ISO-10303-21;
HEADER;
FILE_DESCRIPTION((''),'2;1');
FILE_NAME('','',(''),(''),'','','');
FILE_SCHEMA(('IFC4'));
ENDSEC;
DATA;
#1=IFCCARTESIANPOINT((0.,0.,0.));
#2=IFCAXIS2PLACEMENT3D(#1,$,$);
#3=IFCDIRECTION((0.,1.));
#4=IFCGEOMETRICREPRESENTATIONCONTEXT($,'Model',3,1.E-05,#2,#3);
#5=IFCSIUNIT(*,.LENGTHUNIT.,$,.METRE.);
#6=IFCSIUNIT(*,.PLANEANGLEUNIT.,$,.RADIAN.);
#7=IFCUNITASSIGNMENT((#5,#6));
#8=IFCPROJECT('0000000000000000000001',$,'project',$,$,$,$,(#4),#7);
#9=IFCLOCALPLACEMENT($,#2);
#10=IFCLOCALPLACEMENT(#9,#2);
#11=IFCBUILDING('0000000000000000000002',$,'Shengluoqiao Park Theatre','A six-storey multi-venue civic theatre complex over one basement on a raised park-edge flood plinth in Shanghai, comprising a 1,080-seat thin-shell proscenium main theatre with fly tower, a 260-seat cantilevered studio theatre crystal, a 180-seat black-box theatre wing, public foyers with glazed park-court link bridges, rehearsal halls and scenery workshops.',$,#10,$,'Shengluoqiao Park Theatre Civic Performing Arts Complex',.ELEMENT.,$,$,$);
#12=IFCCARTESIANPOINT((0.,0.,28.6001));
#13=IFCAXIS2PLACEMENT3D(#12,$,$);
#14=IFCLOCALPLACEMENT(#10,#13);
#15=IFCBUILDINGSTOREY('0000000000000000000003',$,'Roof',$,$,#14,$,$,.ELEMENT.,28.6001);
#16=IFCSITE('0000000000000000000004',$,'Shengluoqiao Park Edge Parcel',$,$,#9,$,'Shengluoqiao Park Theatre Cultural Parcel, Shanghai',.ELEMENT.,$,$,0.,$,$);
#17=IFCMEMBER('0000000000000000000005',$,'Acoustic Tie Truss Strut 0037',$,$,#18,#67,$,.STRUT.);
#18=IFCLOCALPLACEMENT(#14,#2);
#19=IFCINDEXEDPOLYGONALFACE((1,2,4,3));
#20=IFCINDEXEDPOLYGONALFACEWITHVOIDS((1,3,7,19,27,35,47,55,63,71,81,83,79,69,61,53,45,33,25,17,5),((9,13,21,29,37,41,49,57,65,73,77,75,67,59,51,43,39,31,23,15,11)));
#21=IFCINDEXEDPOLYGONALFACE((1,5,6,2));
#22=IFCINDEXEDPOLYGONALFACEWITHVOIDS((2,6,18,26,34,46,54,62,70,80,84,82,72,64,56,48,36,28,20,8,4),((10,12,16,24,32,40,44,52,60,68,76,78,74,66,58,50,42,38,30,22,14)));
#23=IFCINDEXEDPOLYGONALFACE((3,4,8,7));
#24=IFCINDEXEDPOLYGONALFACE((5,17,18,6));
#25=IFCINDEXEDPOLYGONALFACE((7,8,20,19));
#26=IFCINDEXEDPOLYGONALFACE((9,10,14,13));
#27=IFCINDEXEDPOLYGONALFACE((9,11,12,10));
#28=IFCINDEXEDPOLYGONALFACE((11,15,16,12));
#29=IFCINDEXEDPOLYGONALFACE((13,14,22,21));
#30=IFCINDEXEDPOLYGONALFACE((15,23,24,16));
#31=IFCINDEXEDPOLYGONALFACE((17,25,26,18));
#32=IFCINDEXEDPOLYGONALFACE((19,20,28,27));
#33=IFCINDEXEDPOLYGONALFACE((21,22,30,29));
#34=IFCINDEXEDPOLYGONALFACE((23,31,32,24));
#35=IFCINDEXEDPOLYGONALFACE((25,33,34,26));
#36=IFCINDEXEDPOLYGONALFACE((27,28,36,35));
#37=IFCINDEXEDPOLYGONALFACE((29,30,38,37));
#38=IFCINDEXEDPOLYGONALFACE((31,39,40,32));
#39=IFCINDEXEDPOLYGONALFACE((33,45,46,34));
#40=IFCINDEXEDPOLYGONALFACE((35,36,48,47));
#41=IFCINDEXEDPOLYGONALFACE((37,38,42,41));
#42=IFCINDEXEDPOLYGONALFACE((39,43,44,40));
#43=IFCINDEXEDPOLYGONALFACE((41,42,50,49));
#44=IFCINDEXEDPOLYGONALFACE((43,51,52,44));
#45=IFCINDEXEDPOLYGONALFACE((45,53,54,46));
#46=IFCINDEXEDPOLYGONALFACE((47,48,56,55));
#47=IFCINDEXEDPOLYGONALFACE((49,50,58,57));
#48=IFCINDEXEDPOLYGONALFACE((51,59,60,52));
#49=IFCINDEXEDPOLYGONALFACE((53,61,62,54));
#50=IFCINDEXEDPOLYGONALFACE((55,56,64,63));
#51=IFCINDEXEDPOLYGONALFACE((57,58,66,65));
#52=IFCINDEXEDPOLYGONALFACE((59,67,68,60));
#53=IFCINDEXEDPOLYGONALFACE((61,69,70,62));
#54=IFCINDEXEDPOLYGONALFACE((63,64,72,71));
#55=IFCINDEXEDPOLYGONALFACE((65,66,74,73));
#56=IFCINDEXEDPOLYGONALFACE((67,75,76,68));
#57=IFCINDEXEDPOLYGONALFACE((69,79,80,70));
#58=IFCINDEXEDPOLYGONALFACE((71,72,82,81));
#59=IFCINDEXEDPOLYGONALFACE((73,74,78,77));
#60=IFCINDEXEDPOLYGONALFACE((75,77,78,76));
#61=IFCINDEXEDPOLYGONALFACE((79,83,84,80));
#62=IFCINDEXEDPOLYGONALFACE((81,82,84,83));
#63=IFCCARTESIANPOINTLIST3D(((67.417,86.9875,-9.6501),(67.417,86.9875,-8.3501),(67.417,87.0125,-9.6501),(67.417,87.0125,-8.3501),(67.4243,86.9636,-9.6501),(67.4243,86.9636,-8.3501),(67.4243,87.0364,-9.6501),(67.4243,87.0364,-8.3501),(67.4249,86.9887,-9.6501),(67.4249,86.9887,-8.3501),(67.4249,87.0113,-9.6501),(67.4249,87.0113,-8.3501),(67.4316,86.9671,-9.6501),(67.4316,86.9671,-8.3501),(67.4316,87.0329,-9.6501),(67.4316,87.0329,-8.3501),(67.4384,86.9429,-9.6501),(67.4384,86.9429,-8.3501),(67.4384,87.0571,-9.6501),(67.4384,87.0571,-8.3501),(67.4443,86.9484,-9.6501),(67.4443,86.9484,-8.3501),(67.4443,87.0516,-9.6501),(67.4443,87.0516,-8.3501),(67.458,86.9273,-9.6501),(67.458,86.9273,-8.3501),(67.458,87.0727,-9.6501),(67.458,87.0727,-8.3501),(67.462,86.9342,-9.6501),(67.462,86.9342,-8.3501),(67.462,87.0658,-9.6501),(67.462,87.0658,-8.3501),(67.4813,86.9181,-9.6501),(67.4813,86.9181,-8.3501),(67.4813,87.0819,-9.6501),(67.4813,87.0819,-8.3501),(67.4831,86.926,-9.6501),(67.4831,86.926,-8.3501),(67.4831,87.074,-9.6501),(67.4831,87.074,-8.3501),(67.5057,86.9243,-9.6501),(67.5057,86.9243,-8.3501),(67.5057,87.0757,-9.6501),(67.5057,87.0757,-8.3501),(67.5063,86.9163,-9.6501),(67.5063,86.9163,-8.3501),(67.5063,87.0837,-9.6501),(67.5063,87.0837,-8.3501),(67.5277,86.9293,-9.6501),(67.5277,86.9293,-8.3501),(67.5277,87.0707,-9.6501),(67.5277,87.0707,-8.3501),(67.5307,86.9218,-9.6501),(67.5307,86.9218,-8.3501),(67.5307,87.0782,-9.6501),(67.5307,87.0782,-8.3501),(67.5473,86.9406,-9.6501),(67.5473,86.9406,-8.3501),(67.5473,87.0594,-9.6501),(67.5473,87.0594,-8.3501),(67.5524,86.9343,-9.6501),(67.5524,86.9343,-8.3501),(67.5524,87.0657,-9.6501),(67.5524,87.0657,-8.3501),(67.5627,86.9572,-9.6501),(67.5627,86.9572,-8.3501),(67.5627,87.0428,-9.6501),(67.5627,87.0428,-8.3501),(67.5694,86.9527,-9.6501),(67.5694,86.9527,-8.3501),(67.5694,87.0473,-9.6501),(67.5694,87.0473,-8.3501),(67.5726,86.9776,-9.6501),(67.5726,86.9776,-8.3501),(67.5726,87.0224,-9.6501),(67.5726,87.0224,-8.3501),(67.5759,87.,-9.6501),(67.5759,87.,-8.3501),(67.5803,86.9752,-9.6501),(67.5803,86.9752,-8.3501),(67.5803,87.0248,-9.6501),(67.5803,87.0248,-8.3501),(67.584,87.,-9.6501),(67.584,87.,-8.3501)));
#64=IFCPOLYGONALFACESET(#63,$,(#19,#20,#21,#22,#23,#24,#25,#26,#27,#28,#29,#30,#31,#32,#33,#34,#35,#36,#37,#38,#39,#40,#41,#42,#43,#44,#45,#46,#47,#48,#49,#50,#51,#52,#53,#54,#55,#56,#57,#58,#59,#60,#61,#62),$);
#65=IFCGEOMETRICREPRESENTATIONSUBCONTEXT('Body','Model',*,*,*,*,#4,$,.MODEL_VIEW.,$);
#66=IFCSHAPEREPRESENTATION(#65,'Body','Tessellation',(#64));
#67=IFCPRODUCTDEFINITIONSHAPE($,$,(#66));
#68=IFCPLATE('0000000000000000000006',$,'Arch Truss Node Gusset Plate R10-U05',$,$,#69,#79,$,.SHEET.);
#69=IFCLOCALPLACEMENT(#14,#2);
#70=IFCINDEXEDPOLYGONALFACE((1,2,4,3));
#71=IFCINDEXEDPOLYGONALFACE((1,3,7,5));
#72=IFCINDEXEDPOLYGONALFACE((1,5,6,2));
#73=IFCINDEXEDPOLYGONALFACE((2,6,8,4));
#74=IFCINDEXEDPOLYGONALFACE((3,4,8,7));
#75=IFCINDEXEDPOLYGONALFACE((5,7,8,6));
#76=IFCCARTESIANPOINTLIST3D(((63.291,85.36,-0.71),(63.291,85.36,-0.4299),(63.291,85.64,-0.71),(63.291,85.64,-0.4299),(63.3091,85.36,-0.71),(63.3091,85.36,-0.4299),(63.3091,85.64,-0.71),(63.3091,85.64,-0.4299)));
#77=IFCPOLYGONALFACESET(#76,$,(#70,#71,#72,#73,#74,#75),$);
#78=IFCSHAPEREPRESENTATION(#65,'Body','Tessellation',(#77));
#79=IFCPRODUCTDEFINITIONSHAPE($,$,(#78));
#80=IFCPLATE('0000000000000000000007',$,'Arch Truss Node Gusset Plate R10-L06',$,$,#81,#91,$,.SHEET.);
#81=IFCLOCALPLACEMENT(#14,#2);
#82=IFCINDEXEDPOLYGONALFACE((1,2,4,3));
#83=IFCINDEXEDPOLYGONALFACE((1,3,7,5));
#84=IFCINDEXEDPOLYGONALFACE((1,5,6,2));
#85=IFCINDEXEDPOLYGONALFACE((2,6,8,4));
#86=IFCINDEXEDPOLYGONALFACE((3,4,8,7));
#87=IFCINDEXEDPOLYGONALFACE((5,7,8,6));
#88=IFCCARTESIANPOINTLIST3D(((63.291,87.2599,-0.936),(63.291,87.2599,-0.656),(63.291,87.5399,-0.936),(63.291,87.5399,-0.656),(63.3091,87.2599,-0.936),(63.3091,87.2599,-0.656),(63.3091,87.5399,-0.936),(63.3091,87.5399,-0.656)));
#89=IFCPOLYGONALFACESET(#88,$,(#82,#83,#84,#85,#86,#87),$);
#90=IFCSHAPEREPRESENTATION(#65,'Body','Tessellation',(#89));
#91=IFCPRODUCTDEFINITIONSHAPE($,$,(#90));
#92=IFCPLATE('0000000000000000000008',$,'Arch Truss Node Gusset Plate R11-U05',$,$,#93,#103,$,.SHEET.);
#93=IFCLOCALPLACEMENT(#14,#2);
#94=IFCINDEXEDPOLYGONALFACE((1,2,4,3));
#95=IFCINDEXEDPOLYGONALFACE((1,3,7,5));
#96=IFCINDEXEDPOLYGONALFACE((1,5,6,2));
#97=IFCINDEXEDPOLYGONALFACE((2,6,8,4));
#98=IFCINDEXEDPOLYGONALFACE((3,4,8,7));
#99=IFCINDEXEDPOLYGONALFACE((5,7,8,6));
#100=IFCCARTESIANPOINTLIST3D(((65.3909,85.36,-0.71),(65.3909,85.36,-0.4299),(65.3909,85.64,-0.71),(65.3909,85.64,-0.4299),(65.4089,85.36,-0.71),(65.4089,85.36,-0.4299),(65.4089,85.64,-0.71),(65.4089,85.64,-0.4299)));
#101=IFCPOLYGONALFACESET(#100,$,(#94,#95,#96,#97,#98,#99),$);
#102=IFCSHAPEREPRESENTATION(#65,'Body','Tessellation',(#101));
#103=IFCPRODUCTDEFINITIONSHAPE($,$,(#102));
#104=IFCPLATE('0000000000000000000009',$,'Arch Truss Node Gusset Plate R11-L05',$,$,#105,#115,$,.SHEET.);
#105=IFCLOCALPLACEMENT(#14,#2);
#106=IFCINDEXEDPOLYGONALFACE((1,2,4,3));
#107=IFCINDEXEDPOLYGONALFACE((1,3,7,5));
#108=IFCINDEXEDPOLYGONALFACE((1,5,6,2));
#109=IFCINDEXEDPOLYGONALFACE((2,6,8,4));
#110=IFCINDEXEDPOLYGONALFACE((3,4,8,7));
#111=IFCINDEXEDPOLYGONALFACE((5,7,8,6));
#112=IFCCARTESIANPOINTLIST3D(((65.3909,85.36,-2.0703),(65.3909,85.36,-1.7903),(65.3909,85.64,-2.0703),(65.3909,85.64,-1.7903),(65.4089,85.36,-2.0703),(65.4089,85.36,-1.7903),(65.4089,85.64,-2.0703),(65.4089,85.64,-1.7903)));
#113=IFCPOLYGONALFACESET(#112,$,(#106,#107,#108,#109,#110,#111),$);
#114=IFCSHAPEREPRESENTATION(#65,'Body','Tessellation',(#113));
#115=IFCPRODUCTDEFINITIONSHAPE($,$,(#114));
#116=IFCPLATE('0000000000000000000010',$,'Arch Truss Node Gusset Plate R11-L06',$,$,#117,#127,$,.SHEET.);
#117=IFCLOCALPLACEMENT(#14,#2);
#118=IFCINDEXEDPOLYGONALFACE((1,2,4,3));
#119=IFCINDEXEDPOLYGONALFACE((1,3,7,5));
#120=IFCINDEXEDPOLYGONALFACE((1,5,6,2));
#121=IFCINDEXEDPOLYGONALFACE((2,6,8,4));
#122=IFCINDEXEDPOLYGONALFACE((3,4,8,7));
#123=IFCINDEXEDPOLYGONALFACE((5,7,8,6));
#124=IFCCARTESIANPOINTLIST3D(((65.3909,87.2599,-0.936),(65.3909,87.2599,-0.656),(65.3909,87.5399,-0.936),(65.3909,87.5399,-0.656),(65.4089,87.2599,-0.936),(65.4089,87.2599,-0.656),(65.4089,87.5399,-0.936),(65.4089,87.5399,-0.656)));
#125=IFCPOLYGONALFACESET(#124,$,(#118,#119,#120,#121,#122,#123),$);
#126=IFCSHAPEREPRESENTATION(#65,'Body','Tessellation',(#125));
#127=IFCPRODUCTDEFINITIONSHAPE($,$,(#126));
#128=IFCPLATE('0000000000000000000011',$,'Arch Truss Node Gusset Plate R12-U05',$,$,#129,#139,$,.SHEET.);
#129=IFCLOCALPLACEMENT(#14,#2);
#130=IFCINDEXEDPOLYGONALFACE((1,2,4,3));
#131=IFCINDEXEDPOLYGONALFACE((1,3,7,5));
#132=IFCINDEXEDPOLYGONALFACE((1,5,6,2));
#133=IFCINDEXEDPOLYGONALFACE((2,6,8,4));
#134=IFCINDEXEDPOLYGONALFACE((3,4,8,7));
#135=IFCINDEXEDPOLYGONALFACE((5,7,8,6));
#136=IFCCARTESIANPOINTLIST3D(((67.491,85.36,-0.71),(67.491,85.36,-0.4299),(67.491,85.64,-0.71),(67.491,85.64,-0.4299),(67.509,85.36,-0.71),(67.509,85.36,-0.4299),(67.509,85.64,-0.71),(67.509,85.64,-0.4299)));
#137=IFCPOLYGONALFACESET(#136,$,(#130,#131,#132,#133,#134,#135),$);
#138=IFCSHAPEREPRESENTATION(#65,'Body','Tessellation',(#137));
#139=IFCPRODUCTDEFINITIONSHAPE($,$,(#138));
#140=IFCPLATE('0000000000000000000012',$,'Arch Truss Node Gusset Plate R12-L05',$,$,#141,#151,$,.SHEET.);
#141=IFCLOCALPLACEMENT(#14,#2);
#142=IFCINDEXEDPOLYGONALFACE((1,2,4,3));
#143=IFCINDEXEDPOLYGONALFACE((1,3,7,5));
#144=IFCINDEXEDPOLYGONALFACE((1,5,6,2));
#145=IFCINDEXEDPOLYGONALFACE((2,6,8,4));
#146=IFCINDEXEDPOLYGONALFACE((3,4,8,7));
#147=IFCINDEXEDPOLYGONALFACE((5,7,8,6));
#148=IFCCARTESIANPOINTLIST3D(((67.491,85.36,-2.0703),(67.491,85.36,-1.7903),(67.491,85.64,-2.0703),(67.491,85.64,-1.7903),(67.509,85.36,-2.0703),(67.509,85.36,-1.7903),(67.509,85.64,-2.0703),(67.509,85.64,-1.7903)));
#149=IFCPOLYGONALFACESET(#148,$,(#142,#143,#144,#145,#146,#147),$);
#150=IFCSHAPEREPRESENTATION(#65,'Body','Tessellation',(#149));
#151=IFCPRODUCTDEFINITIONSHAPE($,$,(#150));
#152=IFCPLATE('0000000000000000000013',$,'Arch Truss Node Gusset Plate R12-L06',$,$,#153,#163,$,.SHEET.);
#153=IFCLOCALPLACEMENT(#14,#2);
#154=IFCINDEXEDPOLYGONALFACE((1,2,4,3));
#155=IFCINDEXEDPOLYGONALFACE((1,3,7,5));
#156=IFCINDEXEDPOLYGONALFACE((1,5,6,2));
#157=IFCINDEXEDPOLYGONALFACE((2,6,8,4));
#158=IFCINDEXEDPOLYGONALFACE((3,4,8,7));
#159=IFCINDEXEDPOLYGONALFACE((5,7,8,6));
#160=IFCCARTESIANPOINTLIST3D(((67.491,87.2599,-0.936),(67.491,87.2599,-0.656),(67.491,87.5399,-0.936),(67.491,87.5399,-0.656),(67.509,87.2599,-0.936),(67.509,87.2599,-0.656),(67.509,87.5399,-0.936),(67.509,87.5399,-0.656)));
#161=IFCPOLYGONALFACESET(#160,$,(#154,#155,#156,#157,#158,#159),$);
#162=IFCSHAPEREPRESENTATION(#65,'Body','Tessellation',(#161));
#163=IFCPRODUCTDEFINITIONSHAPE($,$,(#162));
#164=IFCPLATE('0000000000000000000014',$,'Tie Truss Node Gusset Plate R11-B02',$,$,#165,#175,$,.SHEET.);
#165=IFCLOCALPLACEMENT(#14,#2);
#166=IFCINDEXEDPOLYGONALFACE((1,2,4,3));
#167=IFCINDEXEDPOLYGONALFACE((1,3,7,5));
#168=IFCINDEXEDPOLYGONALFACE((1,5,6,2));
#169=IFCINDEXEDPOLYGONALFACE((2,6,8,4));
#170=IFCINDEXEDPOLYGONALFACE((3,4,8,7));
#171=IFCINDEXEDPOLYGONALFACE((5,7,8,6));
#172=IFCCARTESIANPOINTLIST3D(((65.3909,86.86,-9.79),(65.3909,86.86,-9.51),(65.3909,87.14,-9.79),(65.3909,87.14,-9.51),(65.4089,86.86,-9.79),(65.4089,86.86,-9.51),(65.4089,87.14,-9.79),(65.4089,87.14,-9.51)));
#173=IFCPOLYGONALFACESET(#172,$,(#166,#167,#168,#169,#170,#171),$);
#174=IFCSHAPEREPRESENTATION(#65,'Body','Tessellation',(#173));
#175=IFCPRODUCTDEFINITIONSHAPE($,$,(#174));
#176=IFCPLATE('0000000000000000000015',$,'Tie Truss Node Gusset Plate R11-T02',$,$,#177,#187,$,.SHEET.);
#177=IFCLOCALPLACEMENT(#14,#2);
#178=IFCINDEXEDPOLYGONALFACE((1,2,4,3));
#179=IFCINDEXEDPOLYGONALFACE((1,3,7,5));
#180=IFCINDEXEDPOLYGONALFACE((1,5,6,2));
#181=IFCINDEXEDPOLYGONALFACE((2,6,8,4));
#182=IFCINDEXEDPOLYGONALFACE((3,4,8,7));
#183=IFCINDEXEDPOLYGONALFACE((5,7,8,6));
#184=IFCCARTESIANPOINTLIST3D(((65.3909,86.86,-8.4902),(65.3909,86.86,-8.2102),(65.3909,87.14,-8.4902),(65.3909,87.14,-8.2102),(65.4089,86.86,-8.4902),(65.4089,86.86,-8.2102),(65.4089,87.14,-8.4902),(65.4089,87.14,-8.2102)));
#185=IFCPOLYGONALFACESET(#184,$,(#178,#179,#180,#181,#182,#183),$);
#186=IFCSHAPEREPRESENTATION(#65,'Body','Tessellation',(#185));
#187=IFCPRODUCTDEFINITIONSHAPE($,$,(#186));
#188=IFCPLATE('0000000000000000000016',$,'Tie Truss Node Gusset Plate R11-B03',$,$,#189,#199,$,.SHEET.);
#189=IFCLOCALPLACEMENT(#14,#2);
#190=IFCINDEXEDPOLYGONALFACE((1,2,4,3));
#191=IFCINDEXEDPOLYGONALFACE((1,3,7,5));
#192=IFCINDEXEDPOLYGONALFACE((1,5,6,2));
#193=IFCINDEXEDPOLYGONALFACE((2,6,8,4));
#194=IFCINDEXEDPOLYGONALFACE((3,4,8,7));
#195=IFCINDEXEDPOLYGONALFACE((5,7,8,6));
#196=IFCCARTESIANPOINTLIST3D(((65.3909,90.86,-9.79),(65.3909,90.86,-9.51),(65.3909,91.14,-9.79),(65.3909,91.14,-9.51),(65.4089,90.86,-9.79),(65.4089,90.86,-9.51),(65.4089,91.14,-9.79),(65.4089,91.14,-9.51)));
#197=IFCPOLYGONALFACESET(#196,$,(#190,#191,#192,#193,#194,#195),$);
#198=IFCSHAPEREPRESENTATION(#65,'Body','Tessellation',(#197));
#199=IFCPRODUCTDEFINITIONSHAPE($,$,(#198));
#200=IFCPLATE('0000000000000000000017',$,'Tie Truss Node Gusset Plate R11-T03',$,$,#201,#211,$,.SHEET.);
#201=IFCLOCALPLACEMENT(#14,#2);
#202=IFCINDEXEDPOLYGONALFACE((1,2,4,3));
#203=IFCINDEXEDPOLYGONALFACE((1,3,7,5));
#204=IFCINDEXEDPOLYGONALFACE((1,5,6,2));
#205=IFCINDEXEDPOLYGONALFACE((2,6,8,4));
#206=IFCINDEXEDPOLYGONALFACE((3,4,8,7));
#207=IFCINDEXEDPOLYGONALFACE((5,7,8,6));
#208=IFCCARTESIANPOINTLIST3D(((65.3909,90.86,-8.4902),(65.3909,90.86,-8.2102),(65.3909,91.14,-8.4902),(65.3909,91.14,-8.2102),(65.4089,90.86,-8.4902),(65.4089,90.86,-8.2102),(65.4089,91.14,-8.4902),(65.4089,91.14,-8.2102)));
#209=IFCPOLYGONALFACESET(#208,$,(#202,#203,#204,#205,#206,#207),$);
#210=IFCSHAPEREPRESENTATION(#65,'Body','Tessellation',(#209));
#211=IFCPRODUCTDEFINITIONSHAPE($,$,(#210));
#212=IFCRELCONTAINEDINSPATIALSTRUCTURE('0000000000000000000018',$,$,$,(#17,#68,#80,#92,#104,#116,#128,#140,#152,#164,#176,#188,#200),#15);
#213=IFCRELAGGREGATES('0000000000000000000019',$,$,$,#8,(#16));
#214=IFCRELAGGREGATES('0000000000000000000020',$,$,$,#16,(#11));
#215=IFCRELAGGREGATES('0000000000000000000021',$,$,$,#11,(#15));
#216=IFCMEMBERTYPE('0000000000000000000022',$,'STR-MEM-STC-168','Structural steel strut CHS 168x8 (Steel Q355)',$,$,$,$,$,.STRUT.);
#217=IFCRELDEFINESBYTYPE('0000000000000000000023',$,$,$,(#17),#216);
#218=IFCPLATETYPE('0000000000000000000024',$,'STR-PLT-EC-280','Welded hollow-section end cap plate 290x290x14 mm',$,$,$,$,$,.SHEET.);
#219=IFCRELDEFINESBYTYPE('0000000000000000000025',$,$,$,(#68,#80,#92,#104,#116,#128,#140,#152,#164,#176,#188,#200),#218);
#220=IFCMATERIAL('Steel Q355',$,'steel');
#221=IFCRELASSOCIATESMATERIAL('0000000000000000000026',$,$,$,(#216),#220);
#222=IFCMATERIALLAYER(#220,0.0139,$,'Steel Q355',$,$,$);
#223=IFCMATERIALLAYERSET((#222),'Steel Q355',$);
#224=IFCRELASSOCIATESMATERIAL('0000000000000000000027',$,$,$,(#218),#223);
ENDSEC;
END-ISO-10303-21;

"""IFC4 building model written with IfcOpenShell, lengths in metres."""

from ifc_helpers import new_model, si_unit, direction, frame, origin, origin_2d, place, context, subcontext, project, spatial, rectangle, hollow_circle, extrude, material, layer, layer_set, material_profile, profile_set, type_object, element, save


model = new_model("IFC4")

# Units and contexts
model_context = context("Model", 3, precision=1e-05, world=origin(), true_north=direction((0.0, 1.0)))
body_context = subcontext(model_context, "Body", "Model", "MODEL_VIEW")
ifc_project = project(units=[si_unit("LENGTHUNIT", "METRE"), si_unit("PLANEANGLEUNIT", "RADIAN")], contexts=[model_context])

# Site, building, storey
site_placement = place(None, origin())
site = spatial("IfcSite", under=ifc_project, at=site_placement, Name="Shengluoqiao Park Edge Parcel", LongName="Shengluoqiao Park Theatre Cultural Parcel, Shanghai", CompositionType="ELEMENT", RefElevation=0.0)
building_placement = place(site_placement, origin())
building = spatial("IfcBuilding", under=site, at=building_placement, Name="Shengluoqiao Park Theatre", Description="A six-storey multi-venue civic theatre complex over one basement on a raised park-edge flood plinth in Shanghai, comprising a 1,080-seat thin-shell proscenium main theatre with fly tower, a 260-seat cantilevered studio theatre crystal, a 180-seat black-box theatre wing, public foyers with glazed park-court link bridges, rehearsal halls and scenery workshops.", LongName="Shengluoqiao Park Theatre Civic Performing Arts Complex", CompositionType="ELEMENT")
storey_placement = place(building_placement, frame((0.0, 0.0, 28.6001)))
storey = spatial("IfcBuildingStorey", under=building, at=storey_placement, Name="Roof", CompositionType="ELEMENT", Elevation=28.6001)

# Shared definitions
ifc_material_1 = material(Name="Steel Q355", Category="steel")

# Member
ifc_material_profile_1 = material_profile(ifc_material_1, hollow_circle(Radius=0.084, WallThickness=0.0081, at=origin_2d()), Name="CHS 168x8")
ifc_profile_set_1 = profile_set([ifc_material_profile_1], Name="Steel Q355")
member_type_1 = type_object("IfcMemberType", Name="STR-MEM-STC-168", Description="Structural steel strut CHS 168x8 (Steel Q355)", PredefinedType="STRUT", material=ifc_profile_set_1)
for number, where, z_axis, x_axis, name in (
    (1, (67.5, 87.0, -9.6501), (0.0, 0.0, 1.0), (1.0, 0.0, 0.0), "Acoustic Tie Truss Strut 0037"),
):
    element("IfcMember", number, at=place(storey_placement, frame(where, z_axis=z_axis, x_axis=x_axis)), inside=storey, type_object=member_type_1, Name=name, PredefinedType="STRUT", context=body_context, shape_type="SweptSolid", body=[
        extrude(hollow_circle(Radius=0.084, WallThickness=0.0081, at=origin_2d()), origin(), (0.0, 0.0, 1.0), 1.3),
    ])

# Plates
ifc_layer = layer(ifc_material_1, 0.0139, Name="Steel Q355")
ifc_layer_set = layer_set([ifc_layer], Name="Steel Q355")
plate_type = type_object("IfcPlateType", Name="STR-PLT-EC-280", Description="Welded hollow-section end cap plate 290x290x14 mm", PredefinedType="SHEET", material=ifc_layer_set)
for number, where, z_axis, x_axis, name in (
    (2, (63.3, 85.5, -0.71), (0.0, 0.0, 1.0), (1.0, 0.0, 0.0), "Arch Truss Node Gusset Plate R10-U05"),
    (3, (63.3, 87.3999, -0.936), (0.0, 0.0, 1.0), (1.0, 0.0, 0.0), "Arch Truss Node Gusset Plate R10-L06"),
    (4, (65.3999, 85.5, -0.71), (0.0, 0.0, 1.0), (1.0, 0.0, 0.0), "Arch Truss Node Gusset Plate R11-U05"),
    (5, (65.3999, 85.5, -2.0703), (0.0, 0.0, 1.0), (1.0, 0.0, 0.0), "Arch Truss Node Gusset Plate R11-L05"),
    (6, (65.3999, 87.3999, -0.936), (0.0, 0.0, 1.0), (1.0, 0.0, 0.0), "Arch Truss Node Gusset Plate R11-L06"),
    (7, (67.5, 85.5, -0.71), (0.0, 0.0, 1.0), (1.0, 0.0, 0.0), "Arch Truss Node Gusset Plate R12-U05"),
    (8, (67.5, 85.5, -2.0703), (0.0, 0.0, 1.0), (1.0, 0.0, 0.0), "Arch Truss Node Gusset Plate R12-L05"),
    (9, (67.5, 87.3999, -0.936), (0.0, 0.0, 1.0), (1.0, 0.0, 0.0), "Arch Truss Node Gusset Plate R12-L06"),
    (10, (65.3999, 87.0, -9.79), (0.0, 0.0, 1.0), (1.0, 0.0, 0.0), "Tie Truss Node Gusset Plate R11-B02"),
    (11, (65.3999, 87.0, -8.4902), (0.0, 0.0, 1.0), (1.0, 0.0, 0.0), "Tie Truss Node Gusset Plate R11-T02"),
    (12, (65.3999, 91.0, -9.79), (0.0, 0.0, 1.0), (1.0, 0.0, 0.0), "Tie Truss Node Gusset Plate R11-B03"),
    (13, (65.3999, 91.0, -8.4902), (0.0, 0.0, 1.0), (1.0, 0.0, 0.0), "Tie Truss Node Gusset Plate R11-T03"),
):
    element("IfcPlate", number, at=place(storey_placement, frame(where, z_axis=z_axis, x_axis=x_axis)), inside=storey, type_object=plate_type, Name=name, PredefinedType="SHEET", context=body_context, shape_type="SweptSolid", body=[
        extrude(rectangle(XDim=0.0181, YDim=0.28, at=origin_2d()), origin(), (0.0, 0.0, 1.0), 0.28),
    ])

save(model, "model.ifc")
